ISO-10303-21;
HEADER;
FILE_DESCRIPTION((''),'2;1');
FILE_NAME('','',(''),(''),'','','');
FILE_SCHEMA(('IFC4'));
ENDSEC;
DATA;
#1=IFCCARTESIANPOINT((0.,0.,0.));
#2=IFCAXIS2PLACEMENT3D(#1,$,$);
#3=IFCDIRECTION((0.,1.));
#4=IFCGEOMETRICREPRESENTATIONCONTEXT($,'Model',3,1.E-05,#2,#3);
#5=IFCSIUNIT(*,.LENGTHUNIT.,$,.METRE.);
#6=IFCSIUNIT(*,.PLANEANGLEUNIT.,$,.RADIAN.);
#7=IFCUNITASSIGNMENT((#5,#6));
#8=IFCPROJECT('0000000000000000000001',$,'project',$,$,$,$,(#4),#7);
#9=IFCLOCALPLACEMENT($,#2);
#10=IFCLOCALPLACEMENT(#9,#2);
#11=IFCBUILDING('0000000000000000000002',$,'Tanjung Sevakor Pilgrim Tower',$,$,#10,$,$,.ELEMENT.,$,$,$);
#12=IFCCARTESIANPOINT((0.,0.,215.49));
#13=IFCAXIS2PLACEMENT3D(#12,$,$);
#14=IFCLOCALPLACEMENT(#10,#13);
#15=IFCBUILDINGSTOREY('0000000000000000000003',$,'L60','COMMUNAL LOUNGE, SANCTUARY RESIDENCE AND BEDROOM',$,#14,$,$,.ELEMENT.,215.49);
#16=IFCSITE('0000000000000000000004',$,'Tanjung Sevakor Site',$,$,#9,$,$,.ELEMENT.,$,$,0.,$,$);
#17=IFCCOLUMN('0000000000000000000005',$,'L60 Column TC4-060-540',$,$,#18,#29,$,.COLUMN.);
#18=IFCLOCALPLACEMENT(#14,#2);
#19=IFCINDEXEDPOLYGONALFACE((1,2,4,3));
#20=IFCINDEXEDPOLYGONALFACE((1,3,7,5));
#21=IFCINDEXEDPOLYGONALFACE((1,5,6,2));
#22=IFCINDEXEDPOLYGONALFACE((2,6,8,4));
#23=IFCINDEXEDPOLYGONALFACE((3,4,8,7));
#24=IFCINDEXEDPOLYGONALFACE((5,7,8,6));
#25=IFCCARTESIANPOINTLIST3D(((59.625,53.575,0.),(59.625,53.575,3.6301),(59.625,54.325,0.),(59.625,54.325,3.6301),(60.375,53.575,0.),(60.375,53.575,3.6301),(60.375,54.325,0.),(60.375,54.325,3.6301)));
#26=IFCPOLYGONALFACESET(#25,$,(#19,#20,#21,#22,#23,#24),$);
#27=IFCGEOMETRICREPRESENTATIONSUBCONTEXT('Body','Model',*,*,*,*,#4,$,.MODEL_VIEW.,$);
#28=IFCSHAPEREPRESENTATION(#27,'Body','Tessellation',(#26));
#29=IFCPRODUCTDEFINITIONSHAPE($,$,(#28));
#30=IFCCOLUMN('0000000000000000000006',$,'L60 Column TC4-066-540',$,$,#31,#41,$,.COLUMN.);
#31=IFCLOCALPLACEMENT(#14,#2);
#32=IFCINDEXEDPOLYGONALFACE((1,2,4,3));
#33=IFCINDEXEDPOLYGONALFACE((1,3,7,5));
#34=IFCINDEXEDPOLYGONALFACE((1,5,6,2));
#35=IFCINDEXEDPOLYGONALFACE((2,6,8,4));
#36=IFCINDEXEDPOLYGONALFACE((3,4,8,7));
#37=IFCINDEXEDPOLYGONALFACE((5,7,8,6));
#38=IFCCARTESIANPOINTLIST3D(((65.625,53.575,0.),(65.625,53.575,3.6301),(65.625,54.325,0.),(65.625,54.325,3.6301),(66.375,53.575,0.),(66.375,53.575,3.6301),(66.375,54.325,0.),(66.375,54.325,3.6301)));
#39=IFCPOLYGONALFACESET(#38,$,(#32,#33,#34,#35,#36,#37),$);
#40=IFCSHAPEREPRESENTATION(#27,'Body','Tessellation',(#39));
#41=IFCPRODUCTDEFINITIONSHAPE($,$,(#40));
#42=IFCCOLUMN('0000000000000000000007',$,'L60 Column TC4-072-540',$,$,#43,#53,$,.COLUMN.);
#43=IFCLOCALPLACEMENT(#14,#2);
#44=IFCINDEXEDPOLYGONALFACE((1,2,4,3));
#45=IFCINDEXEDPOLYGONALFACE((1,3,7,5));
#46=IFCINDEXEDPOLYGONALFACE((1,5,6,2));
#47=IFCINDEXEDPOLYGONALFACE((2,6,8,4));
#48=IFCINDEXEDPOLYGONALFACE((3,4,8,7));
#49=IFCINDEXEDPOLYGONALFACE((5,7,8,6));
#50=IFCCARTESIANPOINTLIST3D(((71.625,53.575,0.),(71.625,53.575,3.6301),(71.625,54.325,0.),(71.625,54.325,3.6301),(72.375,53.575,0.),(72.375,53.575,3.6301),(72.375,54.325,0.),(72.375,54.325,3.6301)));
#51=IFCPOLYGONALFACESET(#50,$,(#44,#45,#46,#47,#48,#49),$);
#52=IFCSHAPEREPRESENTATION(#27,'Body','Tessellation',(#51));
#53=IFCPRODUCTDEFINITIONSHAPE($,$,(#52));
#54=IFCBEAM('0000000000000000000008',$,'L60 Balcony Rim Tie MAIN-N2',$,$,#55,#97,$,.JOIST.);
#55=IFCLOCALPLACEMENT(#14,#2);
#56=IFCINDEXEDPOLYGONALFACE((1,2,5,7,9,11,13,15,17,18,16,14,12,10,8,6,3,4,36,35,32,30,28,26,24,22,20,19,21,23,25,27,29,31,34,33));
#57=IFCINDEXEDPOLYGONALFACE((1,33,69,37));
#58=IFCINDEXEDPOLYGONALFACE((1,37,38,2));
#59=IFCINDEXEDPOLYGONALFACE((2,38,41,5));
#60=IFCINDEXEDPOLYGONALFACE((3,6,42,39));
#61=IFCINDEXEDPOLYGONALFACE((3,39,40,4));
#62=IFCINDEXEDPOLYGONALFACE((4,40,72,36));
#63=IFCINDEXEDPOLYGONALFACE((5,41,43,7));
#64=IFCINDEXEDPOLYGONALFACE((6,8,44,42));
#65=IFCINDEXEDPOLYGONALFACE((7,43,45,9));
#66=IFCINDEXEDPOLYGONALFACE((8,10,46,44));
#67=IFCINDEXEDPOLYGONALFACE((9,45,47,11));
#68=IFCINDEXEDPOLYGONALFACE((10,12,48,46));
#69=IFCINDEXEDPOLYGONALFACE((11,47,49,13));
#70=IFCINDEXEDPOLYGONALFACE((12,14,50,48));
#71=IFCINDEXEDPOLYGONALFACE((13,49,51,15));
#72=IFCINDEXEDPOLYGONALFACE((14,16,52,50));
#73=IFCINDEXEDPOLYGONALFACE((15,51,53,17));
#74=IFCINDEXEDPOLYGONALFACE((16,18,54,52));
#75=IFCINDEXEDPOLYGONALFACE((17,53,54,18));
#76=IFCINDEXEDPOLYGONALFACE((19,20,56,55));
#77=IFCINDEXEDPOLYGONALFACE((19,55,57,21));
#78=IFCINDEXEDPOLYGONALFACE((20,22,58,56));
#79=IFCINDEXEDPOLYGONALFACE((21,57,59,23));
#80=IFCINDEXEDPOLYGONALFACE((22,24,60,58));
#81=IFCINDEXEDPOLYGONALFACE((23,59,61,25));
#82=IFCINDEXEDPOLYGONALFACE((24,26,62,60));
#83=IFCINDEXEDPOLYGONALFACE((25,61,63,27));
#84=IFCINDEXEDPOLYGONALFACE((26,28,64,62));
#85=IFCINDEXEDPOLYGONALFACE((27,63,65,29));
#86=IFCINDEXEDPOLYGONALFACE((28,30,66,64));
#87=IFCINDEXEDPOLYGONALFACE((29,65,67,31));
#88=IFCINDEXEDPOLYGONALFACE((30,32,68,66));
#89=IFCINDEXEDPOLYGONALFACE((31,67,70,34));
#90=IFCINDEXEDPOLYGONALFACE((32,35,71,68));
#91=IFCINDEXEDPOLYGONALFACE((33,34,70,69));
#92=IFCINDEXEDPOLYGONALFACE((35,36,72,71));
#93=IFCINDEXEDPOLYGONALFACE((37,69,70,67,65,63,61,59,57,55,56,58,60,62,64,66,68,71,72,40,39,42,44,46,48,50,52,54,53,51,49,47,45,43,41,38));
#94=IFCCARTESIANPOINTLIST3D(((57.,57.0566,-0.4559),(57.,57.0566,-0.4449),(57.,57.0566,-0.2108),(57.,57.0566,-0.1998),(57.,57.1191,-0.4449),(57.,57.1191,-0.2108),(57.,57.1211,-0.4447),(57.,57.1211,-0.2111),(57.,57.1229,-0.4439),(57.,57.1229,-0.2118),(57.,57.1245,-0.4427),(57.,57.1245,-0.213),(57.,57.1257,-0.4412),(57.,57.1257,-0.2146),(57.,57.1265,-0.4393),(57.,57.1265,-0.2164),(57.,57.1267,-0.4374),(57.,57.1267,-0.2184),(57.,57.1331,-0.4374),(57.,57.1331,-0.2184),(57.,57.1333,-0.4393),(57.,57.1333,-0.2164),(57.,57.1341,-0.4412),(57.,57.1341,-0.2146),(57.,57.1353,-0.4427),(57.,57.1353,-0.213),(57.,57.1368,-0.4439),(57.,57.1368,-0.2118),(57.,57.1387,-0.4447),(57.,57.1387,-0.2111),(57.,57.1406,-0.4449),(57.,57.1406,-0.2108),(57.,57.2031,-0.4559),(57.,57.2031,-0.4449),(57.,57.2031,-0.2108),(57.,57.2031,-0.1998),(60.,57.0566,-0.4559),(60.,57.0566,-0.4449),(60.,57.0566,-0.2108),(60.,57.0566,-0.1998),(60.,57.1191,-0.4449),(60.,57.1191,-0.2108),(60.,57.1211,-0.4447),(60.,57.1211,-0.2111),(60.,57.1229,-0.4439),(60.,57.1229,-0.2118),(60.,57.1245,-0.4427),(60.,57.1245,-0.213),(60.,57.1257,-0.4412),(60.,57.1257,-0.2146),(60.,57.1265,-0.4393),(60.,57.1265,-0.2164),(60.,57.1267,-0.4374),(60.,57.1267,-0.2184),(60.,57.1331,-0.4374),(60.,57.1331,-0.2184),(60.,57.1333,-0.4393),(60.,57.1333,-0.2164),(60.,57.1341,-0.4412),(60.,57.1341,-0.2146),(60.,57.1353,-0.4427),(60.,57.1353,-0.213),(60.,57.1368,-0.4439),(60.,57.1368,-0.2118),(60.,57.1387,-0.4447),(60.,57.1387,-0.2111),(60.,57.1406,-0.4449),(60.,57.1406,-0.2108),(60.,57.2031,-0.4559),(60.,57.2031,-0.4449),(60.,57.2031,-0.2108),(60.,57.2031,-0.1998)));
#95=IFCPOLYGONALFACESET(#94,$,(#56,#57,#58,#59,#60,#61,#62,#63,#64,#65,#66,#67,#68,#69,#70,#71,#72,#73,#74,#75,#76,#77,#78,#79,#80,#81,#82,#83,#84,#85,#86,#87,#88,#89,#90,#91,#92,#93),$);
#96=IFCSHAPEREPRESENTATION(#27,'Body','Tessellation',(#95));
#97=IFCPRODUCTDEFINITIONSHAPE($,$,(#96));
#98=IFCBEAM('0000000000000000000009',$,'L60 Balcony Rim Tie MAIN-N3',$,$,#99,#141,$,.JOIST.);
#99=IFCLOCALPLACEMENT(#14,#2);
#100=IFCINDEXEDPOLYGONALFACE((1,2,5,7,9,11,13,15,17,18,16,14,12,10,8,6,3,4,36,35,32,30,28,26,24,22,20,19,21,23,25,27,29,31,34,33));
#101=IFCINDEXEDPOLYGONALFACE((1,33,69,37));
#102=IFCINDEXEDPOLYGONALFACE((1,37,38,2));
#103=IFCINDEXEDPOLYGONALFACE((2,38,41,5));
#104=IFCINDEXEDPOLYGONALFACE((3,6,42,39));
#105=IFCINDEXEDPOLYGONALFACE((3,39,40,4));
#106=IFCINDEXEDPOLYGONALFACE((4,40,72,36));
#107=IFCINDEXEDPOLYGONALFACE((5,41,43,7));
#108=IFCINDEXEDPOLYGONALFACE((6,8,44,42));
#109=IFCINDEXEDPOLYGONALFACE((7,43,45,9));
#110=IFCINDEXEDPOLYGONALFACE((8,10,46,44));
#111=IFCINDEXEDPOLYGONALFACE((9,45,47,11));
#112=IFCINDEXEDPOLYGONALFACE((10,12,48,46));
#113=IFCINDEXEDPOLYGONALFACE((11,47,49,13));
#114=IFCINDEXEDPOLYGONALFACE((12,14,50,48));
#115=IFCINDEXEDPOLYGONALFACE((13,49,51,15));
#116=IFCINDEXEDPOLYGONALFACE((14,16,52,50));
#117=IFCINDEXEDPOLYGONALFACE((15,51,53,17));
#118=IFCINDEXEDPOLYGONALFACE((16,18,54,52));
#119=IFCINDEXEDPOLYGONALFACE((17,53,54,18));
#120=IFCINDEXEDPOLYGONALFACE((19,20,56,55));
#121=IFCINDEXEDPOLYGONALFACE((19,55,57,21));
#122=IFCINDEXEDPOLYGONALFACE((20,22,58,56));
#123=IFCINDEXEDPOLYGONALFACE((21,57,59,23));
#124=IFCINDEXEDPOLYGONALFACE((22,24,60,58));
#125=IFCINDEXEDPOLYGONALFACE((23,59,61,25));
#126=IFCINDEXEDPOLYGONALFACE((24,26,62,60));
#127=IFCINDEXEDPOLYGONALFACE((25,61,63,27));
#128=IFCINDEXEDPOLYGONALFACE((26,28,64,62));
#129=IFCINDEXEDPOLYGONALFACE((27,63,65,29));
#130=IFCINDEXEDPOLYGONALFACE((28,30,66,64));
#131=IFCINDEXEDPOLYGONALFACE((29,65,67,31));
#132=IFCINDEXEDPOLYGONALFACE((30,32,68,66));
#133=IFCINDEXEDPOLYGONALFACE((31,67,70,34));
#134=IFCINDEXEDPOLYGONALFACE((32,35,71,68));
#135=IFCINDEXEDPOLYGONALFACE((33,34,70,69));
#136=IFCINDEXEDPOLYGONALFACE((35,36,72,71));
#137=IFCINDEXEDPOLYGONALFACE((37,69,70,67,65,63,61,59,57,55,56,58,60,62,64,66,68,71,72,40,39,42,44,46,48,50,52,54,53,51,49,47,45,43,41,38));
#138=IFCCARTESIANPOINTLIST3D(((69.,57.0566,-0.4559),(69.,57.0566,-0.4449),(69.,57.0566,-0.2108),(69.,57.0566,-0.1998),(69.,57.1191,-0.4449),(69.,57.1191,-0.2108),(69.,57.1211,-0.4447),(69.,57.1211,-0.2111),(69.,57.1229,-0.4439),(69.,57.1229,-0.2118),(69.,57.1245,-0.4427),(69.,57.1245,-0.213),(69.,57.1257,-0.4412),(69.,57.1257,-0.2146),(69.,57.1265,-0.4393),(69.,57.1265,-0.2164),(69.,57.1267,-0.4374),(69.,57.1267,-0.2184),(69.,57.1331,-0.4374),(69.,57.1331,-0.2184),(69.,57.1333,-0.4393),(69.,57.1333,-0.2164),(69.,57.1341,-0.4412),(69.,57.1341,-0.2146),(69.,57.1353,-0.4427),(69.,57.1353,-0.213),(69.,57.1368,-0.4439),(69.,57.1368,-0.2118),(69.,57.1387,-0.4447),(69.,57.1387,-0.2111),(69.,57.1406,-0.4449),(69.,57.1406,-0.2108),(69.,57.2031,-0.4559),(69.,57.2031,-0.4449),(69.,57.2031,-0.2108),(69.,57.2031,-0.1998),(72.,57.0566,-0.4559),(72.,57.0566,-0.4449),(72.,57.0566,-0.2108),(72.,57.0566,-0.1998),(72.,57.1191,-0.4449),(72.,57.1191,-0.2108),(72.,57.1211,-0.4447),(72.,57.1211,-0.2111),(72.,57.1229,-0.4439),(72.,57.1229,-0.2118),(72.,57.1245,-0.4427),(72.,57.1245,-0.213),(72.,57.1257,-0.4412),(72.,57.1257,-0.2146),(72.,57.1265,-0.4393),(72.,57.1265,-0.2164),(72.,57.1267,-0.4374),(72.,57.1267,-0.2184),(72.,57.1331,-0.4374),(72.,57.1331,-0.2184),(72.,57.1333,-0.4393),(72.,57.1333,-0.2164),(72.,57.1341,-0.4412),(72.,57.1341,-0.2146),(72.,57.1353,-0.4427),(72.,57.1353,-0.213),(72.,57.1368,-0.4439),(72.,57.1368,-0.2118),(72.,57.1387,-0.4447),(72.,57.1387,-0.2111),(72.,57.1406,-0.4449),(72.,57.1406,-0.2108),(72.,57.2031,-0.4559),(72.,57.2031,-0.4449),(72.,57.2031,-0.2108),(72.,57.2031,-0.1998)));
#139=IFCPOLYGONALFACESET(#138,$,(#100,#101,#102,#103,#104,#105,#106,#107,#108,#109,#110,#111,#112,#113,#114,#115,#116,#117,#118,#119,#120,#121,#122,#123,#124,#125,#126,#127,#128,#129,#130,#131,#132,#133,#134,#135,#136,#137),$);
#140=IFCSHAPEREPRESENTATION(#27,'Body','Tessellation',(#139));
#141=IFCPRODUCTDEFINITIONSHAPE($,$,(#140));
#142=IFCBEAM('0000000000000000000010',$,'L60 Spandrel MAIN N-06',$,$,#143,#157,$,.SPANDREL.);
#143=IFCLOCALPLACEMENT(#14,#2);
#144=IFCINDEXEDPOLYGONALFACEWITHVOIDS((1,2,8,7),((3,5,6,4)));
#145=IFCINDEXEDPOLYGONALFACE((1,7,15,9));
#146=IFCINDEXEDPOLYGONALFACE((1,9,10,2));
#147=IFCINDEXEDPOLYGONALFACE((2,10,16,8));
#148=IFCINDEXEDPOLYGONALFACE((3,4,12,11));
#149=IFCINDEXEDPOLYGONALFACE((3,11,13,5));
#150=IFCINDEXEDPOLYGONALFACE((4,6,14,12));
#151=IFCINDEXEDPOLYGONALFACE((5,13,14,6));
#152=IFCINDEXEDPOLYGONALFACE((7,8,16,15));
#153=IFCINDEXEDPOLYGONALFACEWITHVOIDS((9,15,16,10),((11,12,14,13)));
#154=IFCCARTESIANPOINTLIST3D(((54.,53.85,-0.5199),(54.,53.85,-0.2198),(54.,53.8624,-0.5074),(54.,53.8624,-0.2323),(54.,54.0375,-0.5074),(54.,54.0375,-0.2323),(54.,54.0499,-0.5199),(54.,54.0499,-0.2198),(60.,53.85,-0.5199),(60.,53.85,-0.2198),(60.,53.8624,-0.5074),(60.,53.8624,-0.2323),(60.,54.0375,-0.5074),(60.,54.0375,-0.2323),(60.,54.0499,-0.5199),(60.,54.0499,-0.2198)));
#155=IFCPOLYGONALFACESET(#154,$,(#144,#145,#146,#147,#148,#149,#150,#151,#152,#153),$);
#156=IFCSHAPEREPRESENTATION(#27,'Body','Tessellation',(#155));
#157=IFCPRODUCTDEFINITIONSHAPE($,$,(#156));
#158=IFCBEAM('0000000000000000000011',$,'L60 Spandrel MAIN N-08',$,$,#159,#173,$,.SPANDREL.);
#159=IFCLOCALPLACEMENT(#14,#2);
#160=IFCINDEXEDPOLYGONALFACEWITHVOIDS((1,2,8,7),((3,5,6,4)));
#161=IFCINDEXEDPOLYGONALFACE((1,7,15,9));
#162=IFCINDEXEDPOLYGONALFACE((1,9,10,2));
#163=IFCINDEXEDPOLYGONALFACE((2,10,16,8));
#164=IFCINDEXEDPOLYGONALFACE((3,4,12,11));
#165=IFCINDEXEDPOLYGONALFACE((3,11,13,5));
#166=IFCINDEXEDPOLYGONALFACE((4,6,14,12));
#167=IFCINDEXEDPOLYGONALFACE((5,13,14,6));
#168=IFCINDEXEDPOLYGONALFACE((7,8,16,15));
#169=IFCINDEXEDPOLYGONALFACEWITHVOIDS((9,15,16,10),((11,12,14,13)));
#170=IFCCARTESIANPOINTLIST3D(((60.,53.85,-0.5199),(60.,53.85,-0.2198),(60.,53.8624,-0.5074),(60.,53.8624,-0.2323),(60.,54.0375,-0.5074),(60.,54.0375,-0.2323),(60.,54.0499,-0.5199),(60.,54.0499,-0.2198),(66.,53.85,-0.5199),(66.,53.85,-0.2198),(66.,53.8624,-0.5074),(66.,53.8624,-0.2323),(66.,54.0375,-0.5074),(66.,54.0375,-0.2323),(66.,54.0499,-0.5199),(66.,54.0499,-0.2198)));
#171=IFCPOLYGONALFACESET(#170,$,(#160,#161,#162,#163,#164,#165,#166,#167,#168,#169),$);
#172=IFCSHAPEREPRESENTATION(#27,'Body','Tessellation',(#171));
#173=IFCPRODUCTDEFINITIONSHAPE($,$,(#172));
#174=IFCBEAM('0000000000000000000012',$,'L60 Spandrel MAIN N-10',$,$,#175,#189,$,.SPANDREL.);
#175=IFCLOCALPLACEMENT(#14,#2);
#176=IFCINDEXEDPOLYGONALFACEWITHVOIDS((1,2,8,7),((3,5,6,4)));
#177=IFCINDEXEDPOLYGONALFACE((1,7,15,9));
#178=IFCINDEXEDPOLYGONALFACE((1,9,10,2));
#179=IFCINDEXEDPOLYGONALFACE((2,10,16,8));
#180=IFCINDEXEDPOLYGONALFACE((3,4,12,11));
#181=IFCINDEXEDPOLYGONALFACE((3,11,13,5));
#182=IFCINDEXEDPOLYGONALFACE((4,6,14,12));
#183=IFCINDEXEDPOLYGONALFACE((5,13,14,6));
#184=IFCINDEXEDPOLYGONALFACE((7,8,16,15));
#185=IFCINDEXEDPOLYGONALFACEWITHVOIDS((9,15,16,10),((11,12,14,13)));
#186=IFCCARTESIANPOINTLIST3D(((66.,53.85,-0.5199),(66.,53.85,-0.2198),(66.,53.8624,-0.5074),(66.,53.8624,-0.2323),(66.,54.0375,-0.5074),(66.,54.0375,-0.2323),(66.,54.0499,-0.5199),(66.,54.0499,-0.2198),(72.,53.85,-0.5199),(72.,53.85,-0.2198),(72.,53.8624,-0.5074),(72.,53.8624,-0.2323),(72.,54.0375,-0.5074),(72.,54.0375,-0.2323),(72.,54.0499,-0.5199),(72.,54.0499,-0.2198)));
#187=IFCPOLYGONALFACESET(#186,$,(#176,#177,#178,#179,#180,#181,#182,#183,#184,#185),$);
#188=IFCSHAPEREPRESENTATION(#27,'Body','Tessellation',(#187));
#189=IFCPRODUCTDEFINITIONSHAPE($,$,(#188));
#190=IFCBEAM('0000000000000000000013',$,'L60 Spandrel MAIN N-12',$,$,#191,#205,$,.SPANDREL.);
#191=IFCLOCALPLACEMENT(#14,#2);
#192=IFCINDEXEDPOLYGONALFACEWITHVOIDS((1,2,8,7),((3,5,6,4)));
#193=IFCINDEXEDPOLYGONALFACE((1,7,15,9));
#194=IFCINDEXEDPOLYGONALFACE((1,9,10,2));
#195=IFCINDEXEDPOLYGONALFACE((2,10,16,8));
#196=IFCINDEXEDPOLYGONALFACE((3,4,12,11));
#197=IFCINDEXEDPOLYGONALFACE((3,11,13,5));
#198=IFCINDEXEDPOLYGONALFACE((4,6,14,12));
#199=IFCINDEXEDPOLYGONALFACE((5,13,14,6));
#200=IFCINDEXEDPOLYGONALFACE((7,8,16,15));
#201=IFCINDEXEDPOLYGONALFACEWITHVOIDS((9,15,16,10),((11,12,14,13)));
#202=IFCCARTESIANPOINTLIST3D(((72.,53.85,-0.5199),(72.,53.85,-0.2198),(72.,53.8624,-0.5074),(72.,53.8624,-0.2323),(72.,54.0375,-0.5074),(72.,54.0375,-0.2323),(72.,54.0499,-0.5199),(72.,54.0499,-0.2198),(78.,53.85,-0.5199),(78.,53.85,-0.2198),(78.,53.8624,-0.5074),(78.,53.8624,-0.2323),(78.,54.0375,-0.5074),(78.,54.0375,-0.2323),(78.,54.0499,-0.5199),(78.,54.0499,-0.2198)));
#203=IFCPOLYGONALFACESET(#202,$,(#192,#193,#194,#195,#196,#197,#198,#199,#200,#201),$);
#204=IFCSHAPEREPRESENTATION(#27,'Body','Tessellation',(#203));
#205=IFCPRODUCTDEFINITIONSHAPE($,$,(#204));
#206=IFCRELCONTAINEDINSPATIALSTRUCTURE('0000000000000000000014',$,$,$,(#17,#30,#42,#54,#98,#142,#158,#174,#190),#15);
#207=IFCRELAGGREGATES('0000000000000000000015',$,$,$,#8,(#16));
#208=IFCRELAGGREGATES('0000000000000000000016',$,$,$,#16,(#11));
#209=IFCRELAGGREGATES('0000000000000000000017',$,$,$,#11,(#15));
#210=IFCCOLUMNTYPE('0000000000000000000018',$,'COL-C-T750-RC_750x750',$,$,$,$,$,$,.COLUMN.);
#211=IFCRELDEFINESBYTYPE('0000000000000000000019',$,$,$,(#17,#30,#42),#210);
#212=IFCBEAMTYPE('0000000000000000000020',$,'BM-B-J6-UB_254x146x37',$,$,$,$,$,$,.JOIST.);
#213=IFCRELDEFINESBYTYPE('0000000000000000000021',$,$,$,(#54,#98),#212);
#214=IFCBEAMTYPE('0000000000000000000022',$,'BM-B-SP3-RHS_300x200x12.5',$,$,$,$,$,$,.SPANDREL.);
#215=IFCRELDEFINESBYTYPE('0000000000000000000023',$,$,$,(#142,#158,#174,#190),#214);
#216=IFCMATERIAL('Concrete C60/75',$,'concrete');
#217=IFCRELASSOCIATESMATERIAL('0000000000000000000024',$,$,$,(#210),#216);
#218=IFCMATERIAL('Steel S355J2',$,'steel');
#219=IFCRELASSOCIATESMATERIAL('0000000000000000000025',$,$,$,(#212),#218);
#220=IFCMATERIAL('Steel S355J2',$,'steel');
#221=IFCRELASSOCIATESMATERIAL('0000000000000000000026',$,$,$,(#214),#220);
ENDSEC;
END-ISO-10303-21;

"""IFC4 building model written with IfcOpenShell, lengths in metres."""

from ifc_helpers import new_model, si_unit, direction, frame, origin, origin_2d, place, context, subcontext, project, spatial, rectangle, hollow_rectangle, i_section, extrude, material, material_profile, profile_set, type_object, element, save


model = new_model("IFC4")

# Units and contexts
model_context = context("Model", 3, precision=1e-05, world=origin(), true_north=direction((0.0, 1.0)))
body_context = subcontext(model_context, "Body", "Model", "MODEL_VIEW")
ifc_project = project(units=[si_unit("LENGTHUNIT", "METRE"), si_unit("PLANEANGLEUNIT", "RADIAN")], contexts=[model_context])

# Site, building, storey
site_placement = place(None, origin())
site = spatial("IfcSite", under=ifc_project, at=site_placement, Name="Tanjung Sevakor Site", CompositionType="ELEMENT", RefElevation=0.0)
building_placement = place(site_placement, origin())
building = spatial("IfcBuilding", under=site, at=building_placement, Name="Tanjung Sevakor Pilgrim Tower", CompositionType="ELEMENT")
storey_placement = place(building_placement, frame((0.0, 0.0, 215.49)))
storey = spatial("IfcBuildingStorey", under=building, at=storey_placement, Name="L60", Description="COMMUNAL LOUNGE, SANCTUARY RESIDENCE AND BEDROOM", CompositionType="ELEMENT", Elevation=215.49)

# Columns
ifc_material_1 = material(Name="Concrete C60/75", Category="concrete")
ifc_material_profile_1 = material_profile(ifc_material_1, rectangle(XDim=0.75, YDim=0.75, at=origin_2d()))
ifc_profile_set_1 = profile_set([ifc_material_profile_1], Name="Concrete C60/75")
column_type = type_object("IfcColumnType", Name="COL-C-T750-RC_750x750", PredefinedType="COLUMN", material=ifc_profile_set_1)
for number, where, z_axis, x_axis, name in (
    (1, (60.0, 53.95, 0.0), (0.0, 0.0, 1.0), (1.0, 0.0, 0.0), "L60 Column TC4-060-540"),
    (2, (66.0, 53.95, 0.0), (0.0, 0.0, 1.0), (1.0, 0.0, 0.0), "L60 Column TC4-066-540"),
    (3, (72.0, 53.95, 0.0), (0.0, 0.0, 1.0), (1.0, 0.0, 0.0), "L60 Column TC4-072-540"),
):
    element("IfcColumn", number, at=place(storey_placement, frame(where, z_axis=z_axis, x_axis=x_axis)), inside=storey, type_object=column_type, Name=name, PredefinedType="COLUMN", context=body_context, shape_type="SweptSolid", body=[
        extrude(rectangle(XDim=0.75, YDim=0.75, at=origin_2d()), origin(), (0.0, 0.0, 1.0), 3.6301),
    ])

# Beams
ifc_material_2 = material(Name="Steel S355J2", Category="steel")
ifc_material_profile_2 = material_profile(ifc_material_2, i_section(OverallWidth=0.1465, OverallDepth=0.2561, WebThickness=0.0063, FlangeThickness=0.011, FilletRadius=0.0076, at=origin_2d()))
ifc_profile_set_2 = profile_set([ifc_material_profile_2], Name="Steel S355J2")
beam_type_1 = type_object("IfcBeamType", Name="BM-B-J6-UB_254x146x37", PredefinedType="JOIST", material=ifc_profile_set_2)
for number, where, z_axis, x_axis, name in (
    (4, (57.0, 57.1299, -0.3279), (1.0, 0.0, 0.0), (0.0, 1.0, 0.0), "L60 Balcony Rim Tie MAIN-N2"),
    (5, (69.0, 57.1299, -0.3279), (1.0, 0.0, 0.0), (0.0, 1.0, 0.0), "L60 Balcony Rim Tie MAIN-N3"),
):
    element("IfcBeam", number, at=place(storey_placement, frame(where, z_axis=z_axis, x_axis=x_axis)), inside=storey, type_object=beam_type_1, Name=name, PredefinedType="JOIST", context=body_context, shape_type="SweptSolid", body=[
        extrude(i_section(OverallWidth=0.1465, OverallDepth=0.2561, WebThickness=0.0063, FlangeThickness=0.011, FilletRadius=0.0076, at=origin_2d()), origin(), (0.0, 0.0, 1.0), 3.0),
    ])
ifc_material_3 = material(Name="Steel S355J2", Category="steel")
ifc_material_profile_3 = material_profile(ifc_material_3, hollow_rectangle(XDim=0.2, YDim=0.3, WallThickness=0.0125, at=origin_2d()))
ifc_profile_set_3 = profile_set([ifc_material_profile_3], Name="Steel S355J2")
beam_type_2 = type_object("IfcBeamType", Name="BM-B-SP3-RHS_300x200x12.5", PredefinedType="SPANDREL", material=ifc_profile_set_3)
for number, where, z_axis, x_axis, name in (
    (6, (54.0, 53.95, -0.3699), (1.0, 0.0, 0.0), (0.0, 1.0, 0.0), "L60 Spandrel MAIN N-06"),
    (7, (60.0, 53.95, -0.3699), (1.0, 0.0, 0.0), (0.0, 1.0, 0.0), "L60 Spandrel MAIN N-08"),
    (8, (66.0, 53.95, -0.3699), (1.0, 0.0, 0.0), (0.0, 1.0, 0.0), "L60 Spandrel MAIN N-10"),
    (9, (72.0, 53.95, -0.3699), (1.0, 0.0, 0.0), (0.0, 1.0, 0.0), "L60 Spandrel MAIN N-12"),
):
    element("IfcBeam", number, at=place(storey_placement, frame(where, z_axis=z_axis, x_axis=x_axis)), inside=storey, type_object=beam_type_2, Name=name, PredefinedType="SPANDREL", context=body_context, shape_type="SweptSolid", body=[
        extrude(hollow_rectangle(XDim=0.2, YDim=0.3, WallThickness=0.0125, at=origin_2d()), origin(), (0.0, 0.0, 1.0), 6.0),
    ])

save(model, "model.ifc")
